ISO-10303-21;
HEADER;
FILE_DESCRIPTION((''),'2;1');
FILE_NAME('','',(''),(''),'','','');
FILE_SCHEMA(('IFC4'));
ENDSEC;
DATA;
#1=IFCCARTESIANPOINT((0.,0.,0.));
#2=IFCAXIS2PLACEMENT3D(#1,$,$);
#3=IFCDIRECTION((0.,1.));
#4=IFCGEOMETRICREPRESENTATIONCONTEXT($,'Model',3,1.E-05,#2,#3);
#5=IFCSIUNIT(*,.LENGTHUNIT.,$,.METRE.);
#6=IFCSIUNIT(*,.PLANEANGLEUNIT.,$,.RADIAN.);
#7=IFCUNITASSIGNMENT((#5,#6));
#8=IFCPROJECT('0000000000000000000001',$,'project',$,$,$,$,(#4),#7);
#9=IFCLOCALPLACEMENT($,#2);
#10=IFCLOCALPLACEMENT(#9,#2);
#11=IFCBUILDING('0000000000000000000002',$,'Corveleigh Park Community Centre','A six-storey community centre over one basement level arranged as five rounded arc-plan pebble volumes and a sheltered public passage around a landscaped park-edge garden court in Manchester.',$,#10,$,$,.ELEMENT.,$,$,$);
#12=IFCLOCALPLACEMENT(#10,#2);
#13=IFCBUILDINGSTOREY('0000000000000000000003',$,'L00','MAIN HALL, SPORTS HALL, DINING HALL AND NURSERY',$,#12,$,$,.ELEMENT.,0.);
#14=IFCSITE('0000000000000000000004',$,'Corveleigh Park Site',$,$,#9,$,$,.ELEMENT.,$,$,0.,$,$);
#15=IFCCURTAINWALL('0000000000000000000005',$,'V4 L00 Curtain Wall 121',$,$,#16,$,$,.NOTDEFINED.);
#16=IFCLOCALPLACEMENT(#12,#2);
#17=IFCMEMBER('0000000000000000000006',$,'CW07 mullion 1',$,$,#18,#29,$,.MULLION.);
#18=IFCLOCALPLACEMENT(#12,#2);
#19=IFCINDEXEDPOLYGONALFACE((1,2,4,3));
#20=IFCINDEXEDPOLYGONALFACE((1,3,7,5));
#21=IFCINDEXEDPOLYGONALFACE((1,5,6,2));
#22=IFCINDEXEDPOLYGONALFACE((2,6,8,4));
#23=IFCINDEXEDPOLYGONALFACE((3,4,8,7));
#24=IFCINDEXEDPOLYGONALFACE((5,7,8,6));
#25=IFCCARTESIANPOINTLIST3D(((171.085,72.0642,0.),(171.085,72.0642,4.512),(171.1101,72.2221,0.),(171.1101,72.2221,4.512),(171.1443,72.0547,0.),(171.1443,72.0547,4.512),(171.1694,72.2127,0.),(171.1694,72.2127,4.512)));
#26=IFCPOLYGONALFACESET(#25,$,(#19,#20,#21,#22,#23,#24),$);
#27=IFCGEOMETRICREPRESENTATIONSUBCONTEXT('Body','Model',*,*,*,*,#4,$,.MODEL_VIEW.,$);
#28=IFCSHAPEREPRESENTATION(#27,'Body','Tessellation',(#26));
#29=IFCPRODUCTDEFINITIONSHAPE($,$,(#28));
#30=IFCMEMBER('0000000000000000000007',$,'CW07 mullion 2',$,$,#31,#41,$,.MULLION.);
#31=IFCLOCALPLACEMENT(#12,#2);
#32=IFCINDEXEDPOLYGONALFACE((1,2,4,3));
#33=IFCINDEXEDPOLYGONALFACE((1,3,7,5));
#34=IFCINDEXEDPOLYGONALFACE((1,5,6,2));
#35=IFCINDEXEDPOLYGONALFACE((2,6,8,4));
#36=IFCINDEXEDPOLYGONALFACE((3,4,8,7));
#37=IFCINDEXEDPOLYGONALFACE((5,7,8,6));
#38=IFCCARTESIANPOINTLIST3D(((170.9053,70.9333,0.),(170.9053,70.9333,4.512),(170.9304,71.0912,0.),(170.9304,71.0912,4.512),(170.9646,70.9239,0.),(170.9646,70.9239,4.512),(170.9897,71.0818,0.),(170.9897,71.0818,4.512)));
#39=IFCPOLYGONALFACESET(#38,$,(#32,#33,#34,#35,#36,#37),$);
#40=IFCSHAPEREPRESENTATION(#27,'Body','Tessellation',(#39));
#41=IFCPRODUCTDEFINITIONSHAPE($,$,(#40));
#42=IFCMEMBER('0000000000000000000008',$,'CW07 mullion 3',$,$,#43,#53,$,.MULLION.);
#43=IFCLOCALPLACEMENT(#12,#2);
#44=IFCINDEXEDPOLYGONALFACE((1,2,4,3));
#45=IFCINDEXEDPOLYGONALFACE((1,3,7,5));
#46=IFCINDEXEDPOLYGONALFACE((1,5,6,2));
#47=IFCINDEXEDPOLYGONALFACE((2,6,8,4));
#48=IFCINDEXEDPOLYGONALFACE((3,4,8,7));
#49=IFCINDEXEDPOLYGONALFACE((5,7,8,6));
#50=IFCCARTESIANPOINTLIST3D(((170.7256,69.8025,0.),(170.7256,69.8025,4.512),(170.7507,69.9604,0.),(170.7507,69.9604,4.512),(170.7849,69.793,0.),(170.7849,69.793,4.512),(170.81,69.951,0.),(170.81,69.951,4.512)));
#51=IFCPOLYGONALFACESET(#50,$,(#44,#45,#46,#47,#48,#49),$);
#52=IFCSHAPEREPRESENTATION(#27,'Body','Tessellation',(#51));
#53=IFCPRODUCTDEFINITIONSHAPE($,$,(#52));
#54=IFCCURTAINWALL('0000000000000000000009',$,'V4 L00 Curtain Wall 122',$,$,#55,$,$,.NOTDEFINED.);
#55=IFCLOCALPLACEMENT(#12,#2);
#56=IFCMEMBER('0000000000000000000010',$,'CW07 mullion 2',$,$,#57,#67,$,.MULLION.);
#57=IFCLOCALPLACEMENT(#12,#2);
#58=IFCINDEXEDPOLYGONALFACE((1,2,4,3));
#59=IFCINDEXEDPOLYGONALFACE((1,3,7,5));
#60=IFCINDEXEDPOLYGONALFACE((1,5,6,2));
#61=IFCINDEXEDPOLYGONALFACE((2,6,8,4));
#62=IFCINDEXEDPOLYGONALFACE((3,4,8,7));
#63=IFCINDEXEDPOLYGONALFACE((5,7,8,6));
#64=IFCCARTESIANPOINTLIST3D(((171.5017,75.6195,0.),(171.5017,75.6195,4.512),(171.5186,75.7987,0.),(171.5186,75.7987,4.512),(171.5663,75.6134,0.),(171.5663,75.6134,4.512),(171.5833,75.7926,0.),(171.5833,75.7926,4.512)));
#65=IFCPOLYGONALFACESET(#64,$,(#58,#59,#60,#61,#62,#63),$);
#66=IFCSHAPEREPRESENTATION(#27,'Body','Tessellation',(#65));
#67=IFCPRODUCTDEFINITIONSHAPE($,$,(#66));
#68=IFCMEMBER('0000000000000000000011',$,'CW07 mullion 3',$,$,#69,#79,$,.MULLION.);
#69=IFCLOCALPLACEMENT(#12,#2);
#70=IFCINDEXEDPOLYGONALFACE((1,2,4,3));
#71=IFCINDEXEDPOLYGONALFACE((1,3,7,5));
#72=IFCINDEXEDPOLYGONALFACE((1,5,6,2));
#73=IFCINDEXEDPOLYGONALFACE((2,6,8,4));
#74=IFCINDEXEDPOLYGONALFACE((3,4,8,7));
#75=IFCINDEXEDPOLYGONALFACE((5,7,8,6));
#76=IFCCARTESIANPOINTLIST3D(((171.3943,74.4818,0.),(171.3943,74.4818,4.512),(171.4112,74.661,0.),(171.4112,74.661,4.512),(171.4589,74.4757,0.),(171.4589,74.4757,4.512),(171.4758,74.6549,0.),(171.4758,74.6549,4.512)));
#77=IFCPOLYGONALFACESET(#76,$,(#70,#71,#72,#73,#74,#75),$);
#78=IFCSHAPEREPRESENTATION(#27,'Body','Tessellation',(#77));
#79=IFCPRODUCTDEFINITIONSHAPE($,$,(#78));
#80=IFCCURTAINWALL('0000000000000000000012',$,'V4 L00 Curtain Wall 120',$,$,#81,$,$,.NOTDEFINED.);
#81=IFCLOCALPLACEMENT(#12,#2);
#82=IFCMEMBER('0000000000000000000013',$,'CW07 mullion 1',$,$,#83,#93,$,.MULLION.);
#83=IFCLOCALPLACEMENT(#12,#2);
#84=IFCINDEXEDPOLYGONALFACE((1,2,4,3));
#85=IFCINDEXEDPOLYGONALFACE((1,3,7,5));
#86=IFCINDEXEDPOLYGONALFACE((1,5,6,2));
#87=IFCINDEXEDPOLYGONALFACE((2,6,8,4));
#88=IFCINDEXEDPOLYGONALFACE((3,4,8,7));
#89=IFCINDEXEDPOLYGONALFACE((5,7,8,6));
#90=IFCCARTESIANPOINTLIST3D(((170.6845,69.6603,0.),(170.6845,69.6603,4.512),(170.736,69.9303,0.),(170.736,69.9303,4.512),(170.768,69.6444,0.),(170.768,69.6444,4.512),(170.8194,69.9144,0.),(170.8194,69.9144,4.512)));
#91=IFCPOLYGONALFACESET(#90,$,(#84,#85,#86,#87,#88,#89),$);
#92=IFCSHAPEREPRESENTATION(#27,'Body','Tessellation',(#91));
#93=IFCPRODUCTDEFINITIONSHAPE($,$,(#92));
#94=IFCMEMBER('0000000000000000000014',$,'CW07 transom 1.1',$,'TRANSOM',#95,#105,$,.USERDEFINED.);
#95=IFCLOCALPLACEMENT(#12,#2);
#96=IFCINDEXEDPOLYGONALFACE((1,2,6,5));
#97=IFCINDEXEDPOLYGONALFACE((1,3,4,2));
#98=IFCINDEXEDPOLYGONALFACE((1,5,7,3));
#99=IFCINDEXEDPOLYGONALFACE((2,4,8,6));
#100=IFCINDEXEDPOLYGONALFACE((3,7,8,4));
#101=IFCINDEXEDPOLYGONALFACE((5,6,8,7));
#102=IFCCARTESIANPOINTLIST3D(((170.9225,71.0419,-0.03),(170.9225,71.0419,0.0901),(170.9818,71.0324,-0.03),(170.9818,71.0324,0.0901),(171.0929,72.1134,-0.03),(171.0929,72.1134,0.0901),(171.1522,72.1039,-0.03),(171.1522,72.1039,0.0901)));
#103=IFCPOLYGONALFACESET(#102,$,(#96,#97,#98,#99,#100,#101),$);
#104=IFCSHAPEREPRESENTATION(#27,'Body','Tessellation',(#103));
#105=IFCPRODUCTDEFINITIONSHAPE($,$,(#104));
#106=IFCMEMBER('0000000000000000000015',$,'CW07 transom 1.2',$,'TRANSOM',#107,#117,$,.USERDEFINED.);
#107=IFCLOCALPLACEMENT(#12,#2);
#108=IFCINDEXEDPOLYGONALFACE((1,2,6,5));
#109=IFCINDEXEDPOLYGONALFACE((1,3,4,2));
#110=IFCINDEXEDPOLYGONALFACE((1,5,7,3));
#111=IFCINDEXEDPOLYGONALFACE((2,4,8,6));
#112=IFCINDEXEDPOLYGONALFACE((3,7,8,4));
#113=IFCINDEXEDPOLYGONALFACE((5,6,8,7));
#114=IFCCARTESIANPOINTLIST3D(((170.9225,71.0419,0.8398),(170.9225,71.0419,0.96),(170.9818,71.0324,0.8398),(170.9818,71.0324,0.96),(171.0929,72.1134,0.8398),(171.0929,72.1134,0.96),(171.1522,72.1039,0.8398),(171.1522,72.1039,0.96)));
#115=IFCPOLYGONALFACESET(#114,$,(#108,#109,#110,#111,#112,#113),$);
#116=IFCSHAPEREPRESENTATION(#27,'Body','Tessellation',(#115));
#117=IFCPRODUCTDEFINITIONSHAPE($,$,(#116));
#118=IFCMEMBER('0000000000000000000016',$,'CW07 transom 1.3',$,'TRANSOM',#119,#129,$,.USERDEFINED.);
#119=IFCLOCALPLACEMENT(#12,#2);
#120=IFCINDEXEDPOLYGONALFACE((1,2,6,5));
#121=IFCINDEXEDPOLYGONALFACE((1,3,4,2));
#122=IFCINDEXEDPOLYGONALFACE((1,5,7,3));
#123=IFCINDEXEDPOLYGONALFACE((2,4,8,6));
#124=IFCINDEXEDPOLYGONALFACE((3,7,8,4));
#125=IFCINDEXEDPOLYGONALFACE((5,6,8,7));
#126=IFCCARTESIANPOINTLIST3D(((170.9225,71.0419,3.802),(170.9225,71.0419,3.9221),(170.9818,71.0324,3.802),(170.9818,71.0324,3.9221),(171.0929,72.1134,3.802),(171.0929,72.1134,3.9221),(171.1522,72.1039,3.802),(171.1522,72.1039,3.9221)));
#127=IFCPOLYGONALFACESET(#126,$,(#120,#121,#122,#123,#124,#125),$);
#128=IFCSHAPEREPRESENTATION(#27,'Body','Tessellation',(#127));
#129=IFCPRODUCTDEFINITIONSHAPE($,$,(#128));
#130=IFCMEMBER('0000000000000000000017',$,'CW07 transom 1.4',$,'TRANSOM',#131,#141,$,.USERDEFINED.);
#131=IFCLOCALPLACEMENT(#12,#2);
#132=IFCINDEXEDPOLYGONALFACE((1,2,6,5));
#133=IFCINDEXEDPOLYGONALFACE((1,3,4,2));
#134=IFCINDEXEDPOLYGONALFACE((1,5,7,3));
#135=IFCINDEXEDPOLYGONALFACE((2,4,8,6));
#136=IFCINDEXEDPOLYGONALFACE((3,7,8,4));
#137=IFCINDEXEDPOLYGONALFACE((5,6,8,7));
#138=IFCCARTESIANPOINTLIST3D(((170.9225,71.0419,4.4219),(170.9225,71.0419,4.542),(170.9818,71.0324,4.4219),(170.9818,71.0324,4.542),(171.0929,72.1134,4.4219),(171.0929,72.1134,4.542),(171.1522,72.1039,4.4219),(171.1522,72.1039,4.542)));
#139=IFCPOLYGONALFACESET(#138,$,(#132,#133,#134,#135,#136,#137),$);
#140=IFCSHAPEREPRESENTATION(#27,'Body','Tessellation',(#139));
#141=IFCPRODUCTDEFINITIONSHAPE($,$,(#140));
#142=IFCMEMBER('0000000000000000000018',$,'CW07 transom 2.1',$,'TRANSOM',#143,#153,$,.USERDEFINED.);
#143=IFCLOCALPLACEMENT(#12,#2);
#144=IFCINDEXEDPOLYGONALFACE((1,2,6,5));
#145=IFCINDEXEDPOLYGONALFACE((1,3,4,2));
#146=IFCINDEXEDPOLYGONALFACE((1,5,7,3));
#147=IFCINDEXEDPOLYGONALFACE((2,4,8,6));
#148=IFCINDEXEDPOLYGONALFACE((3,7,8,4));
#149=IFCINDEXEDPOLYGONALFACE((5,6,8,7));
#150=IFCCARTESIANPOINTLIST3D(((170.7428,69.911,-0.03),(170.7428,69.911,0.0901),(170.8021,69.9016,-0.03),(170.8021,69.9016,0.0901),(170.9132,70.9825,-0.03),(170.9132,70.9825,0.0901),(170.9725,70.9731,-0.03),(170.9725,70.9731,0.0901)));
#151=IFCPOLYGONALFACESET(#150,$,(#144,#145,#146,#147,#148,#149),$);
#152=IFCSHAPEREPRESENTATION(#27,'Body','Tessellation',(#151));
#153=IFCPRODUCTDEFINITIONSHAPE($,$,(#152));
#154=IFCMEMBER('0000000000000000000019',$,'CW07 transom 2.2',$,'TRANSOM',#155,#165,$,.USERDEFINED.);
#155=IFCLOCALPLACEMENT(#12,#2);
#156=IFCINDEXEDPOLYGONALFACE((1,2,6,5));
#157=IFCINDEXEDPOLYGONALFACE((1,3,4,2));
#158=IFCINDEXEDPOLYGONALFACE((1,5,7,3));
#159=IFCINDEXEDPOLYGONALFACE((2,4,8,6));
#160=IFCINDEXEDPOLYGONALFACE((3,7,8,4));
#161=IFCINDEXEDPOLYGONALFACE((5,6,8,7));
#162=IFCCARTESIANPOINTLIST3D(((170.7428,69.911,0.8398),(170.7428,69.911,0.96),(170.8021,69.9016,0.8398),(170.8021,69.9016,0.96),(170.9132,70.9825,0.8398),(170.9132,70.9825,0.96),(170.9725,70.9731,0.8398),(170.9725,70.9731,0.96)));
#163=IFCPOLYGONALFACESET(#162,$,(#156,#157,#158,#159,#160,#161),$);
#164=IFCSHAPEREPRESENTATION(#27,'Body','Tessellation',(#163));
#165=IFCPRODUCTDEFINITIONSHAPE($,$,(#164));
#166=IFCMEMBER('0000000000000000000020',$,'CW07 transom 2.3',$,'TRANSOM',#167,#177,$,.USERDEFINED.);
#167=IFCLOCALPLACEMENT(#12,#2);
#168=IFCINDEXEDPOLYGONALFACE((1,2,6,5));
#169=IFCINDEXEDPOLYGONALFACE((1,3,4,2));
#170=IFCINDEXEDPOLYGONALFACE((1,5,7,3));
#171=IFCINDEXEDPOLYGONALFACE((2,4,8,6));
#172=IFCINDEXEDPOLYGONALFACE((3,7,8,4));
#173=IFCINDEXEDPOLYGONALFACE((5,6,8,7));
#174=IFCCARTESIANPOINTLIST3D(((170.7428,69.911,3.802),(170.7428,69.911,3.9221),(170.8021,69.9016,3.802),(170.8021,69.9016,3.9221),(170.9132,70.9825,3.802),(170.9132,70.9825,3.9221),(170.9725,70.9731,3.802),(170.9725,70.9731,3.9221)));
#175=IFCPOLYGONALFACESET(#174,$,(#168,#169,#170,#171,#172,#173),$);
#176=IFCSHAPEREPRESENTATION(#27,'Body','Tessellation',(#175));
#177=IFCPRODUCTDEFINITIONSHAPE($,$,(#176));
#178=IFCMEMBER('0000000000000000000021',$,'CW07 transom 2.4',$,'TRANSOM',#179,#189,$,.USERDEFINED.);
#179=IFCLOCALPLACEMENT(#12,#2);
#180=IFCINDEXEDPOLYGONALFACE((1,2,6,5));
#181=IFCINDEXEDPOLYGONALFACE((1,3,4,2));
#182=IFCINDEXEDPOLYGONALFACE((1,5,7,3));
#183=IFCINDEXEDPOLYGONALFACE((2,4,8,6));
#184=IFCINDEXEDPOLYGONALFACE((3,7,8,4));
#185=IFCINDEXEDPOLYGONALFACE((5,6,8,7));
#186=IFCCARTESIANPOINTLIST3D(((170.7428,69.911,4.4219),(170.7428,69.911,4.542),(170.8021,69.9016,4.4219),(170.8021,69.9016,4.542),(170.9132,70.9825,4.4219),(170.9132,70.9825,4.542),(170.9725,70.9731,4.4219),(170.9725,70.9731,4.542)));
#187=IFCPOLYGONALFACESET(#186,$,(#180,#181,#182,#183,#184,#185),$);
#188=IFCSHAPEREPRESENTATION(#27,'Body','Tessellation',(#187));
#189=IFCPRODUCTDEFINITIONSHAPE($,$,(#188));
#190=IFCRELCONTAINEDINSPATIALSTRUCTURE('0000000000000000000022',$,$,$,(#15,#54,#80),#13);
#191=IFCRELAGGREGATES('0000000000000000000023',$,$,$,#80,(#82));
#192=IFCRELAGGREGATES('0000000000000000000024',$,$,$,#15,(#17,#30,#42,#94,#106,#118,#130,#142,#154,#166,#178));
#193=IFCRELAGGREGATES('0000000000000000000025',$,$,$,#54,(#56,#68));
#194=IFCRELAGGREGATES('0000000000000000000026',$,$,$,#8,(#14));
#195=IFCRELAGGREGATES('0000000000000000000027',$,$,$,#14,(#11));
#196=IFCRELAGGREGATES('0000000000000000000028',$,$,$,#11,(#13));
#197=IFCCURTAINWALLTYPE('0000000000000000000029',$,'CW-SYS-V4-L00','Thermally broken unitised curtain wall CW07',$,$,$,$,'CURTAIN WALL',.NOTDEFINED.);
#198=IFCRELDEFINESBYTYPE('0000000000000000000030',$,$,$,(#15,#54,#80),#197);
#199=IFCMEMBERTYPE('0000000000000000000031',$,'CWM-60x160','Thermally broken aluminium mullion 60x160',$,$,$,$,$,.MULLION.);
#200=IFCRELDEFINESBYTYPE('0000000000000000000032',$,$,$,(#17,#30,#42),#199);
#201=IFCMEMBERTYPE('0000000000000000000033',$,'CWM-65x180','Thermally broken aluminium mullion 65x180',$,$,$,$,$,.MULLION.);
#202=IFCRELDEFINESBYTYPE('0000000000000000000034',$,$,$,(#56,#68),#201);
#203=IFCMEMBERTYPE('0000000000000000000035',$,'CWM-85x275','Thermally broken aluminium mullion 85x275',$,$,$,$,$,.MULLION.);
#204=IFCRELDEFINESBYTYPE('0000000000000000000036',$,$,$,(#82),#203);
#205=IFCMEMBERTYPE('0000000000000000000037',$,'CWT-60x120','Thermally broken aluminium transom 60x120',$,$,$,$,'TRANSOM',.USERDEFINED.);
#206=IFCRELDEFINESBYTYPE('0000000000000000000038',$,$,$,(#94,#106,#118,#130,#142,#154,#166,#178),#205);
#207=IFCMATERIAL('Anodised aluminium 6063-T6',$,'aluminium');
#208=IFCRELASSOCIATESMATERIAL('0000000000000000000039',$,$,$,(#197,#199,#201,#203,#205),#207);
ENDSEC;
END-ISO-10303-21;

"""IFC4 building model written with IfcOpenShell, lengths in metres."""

from ifc_helpers import new_model, si_unit, direction, frame, origin, origin_2d, place, context, subcontext, project, spatial, rectangle, extrude, material, material_profile, profile_set, type_object, element, aggregate, save


model = new_model("IFC4")

# Units and contexts
model_context = context("Model", 3, precision=1e-05, world=origin(), true_north=direction((0.0, 1.0)))
body_context = subcontext(model_context, "Body", "Model", "MODEL_VIEW")
ifc_project = project(units=[si_unit("LENGTHUNIT", "METRE"), si_unit("PLANEANGLEUNIT", "RADIAN")], contexts=[model_context])

# Site, building, storey
site_placement = place(None, origin())
site = spatial("IfcSite", under=ifc_project, at=site_placement, Name="Corveleigh Park Site", CompositionType="ELEMENT", RefElevation=0.0)
building_placement = place(site_placement, origin())
building = spatial("IfcBuilding", under=site, at=building_placement, Name="Corveleigh Park Community Centre", Description="A six-storey community centre over one basement level arranged as five rounded arc-plan pebble volumes and a sheltered public passage around a landscaped park-edge garden court in Manchester.", CompositionType="ELEMENT")
storey_placement = place(building_placement, origin())
storey = spatial("IfcBuildingStorey", under=building, at=storey_placement, Name="L00", Description="MAIN HALL, SPORTS HALL, DINING HALL AND NURSERY", CompositionType="ELEMENT", Elevation=0.0)

# Curtain walls, members
ifc_material_1 = material(Name="Anodised aluminium 6063-T6", Category="aluminium")
curtain_wall_type = type_object("IfcCurtainWallType", Name="CW-SYS-V4-L00", Description="Thermally broken unitised curtain wall CW07", ElementType="CURTAIN WALL", PredefinedType="NOTDEFINED", material=ifc_material_1)
curtain_wall_1_placement = place(storey_placement, origin())
curtain_wall_1 = element("IfcCurtainWall", 1, at=curtain_wall_1_placement, inside=storey, type_object=curtain_wall_type, Name="V4 L00 Curtain Wall 121", PredefinedType="NOTDEFINED")
ifc_material_profile_1 = material_profile(ifc_material_1, rectangle(XDim=0.0601, YDim=0.1599, at=origin_2d()), Name="ALU-M60x160", Category="aluminium")
ifc_profile_set_1 = profile_set([ifc_material_profile_1], Name="Anodised aluminium 6063-T6")
member_type_1 = type_object("IfcMemberType", Name="CWM-60x160", Description="Thermally broken aluminium mullion 60x160", PredefinedType="MULLION", material=ifc_profile_set_1)
member_1_placement = place(storey_placement, frame((171.1272, 72.1384, 0.0), z_axis=(0.0, 0.0, 1.0), x_axis=(0.987597, -0.157011, 0.0)))
member_1 = element("IfcMember", 2, at=member_1_placement, type_object=member_type_1, Name="CW07 mullion 1", PredefinedType="MULLION", context=body_context, shape_type="SweptSolid", body=[
    extrude(rectangle(XDim=0.0601, YDim=0.1599, at=origin_2d()), origin(), (0.0, 0.0, 1.0), 4.512),
])
member_2_placement = place(storey_placement, frame((170.9475, 71.0076, 0.0), z_axis=(0.0, 0.0, 1.0), x_axis=(0.987597, -0.157011, 0.0)))
member_2 = element("IfcMember", 3, at=member_2_placement, type_object=member_type_1, Name="CW07 mullion 2", PredefinedType="MULLION", context=body_context, shape_type="SweptSolid", body=[
    extrude(rectangle(XDim=0.0601, YDim=0.1599, at=origin_2d()), origin(), (0.0, 0.0, 1.0), 4.512),
])
member_3_placement = place(storey_placement, frame((170.7678, 69.8767, 0.0), z_axis=(0.0, 0.0, 1.0), x_axis=(0.987597, -0.157011, 0.0)))
member_3 = element("IfcMember", 4, at=member_3_placement, type_object=member_type_1, Name="CW07 mullion 3", PredefinedType="MULLION", context=body_context, shape_type="SweptSolid", body=[
    extrude(rectangle(XDim=0.0601, YDim=0.1599, at=origin_2d()), origin(), (0.0, 0.0, 1.0), 4.512),
])
curtain_wall_2_placement = place(storey_placement, origin())
curtain_wall_2 = element("IfcCurtainWall", 5, at=curtain_wall_2_placement, inside=storey, type_object=curtain_wall_type, Name="V4 L00 Curtain Wall 122", PredefinedType="NOTDEFINED")
ifc_material_profile_2 = material_profile(ifc_material_1, rectangle(XDim=0.0649, YDim=0.1799, at=origin_2d()), Name="ALU-M65x180", Category="aluminium")
ifc_profile_set_2 = profile_set([ifc_material_profile_2], Name="Anodised aluminium 6063-T6")
member_type_2 = type_object("IfcMemberType", Name="CWM-65x180", Description="Thermally broken aluminium mullion 65x180", PredefinedType="MULLION", material=ifc_profile_set_2)
member_4_placement = place(storey_placement, frame((171.5425, 75.7061, 0.0), z_axis=(0.0, 0.0, 1.0), x_axis=(0.99557, -0.094026, 0.0)))
member_4 = element("IfcMember", 6, at=member_4_placement, type_object=member_type_2, Name="CW07 mullion 2", PredefinedType="MULLION", context=body_context, shape_type="SweptSolid", body=[
    extrude(rectangle(XDim=0.0649, YDim=0.1799, at=origin_2d()), origin(), (0.0, 0.0, 1.0), 4.512),
])
member_5_placement = place(storey_placement, frame((171.4351, 74.5684, 0.0), z_axis=(0.0, 0.0, 1.0), x_axis=(0.99557, -0.094026, 0.0)))
member_5 = element("IfcMember", 7, at=member_5_placement, type_object=member_type_2, Name="CW07 mullion 3", PredefinedType="MULLION", context=body_context, shape_type="SweptSolid", body=[
    extrude(rectangle(XDim=0.0649, YDim=0.1799, at=origin_2d()), origin(), (0.0, 0.0, 1.0), 4.512),
])

# Curtain wall, member
curtain_wall_3_placement = place(storey_placement, origin())
curtain_wall_3 = element("IfcCurtainWall", 8, at=curtain_wall_3_placement, inside=storey, type_object=curtain_wall_type, Name="V4 L00 Curtain Wall 120", PredefinedType="NOTDEFINED")
ifc_material_profile_3 = material_profile(ifc_material_1, rectangle(XDim=0.085, YDim=0.2749, at=origin_2d()), Name="ALU-M85x275", Category="aluminium")
ifc_profile_set_3 = profile_set([ifc_material_profile_3], Name="Anodised aluminium 6063-T6")
member_type_3 = type_object("IfcMemberType", Name="CWM-85x275", Description="Thermally broken aluminium mullion 85x275", PredefinedType="MULLION", material=ifc_profile_set_3)
member_6_placement = place(storey_placement, frame((170.752, 69.7874, 0.0), z_axis=(0.0, 0.0, 1.0), x_axis=(0.982324, -0.18719, 0.0)))
member_6 = element("IfcMember", 9, at=member_6_placement, type_object=member_type_3, Name="CW07 mullion 1", PredefinedType="MULLION", context=body_context, shape_type="SweptSolid", body=[
    extrude(rectangle(XDim=0.085, YDim=0.2749, at=origin_2d()), origin(), (0.0, 0.0, 1.0), 4.512),
])
aggregate(curtain_wall_3, [member_6])

# Members
ifc_material_profile_4 = material_profile(ifc_material_1, rectangle(XDim=0.0601, YDim=0.1201, at=origin_2d()), Name="ALU-T60x120", Category="aluminium")
ifc_profile_set_4 = profile_set([ifc_material_profile_4], Name="Anodised aluminium 6063-T6")
member_type_4 = type_object("IfcMemberType", Name="CWT-60x120", Description="Thermally broken aluminium transom 60x120", ElementType="TRANSOM", PredefinedType="USERDEFINED", material=ifc_profile_set_4)
member_7_placement = place(storey_placement, frame((171.1226, 72.1086, 0.03), z_axis=(-0.15706, -0.987589, 0.0), x_axis=(0.987589, -0.15706, 0.0)))
member_7 = element("IfcMember", 10, at=member_7_placement, type_object=member_type_4, Name="CW07 transom 1.1", ObjectType="TRANSOM", PredefinedType="USERDEFINED", context=body_context, shape_type="SweptSolid", body=[
    extrude(rectangle(XDim=0.0601, YDim=0.1201, at=origin_2d()), origin(), (0.0, 0.0, 1.0), 1.085),
])
member_8_placement = place(storey_placement, frame((171.1226, 72.1086, 0.8999), z_axis=(-0.15706, -0.987589, 0.0), x_axis=(0.987589, -0.15706, 0.0)))
member_8 = element("IfcMember", 11, at=member_8_placement, type_object=member_type_4, Name="CW07 transom 1.2", ObjectType="TRANSOM", PredefinedType="USERDEFINED", context=body_context, shape_type="SweptSolid", body=[
    extrude(rectangle(XDim=0.0601, YDim=0.1201, at=origin_2d()), origin(), (0.0, 0.0, 1.0), 1.085),
])
member_9_placement = place(storey_placement, frame((171.1226, 72.1086, 3.8621), z_axis=(-0.15706, -0.987589, 0.0), x_axis=(0.987589, -0.15706, 0.0)))
member_9 = element("IfcMember", 12, at=member_9_placement, type_object=member_type_4, Name="CW07 transom 1.3", ObjectType="TRANSOM", PredefinedType="USERDEFINED", context=body_context, shape_type="SweptSolid", body=[
    extrude(rectangle(XDim=0.0601, YDim=0.1201, at=origin_2d()), origin(), (0.0, 0.0, 1.0), 1.085),
])
member_10_placement = place(storey_placement, frame((171.1226, 72.1086, 4.4819), z_axis=(-0.15706, -0.987589, 0.0), x_axis=(0.987589, -0.15706, 0.0)))
member_10 = element("IfcMember", 13, at=member_10_placement, type_object=member_type_4, Name="CW07 transom 1.4", ObjectType="TRANSOM", PredefinedType="USERDEFINED", context=body_context, shape_type="SweptSolid", body=[
    extrude(rectangle(XDim=0.0601, YDim=0.1201, at=origin_2d()), origin(), (0.0, 0.0, 1.0), 1.085),
])
member_11_placement = place(storey_placement, frame((170.9429, 70.9778, 0.03), z_axis=(-0.15706, -0.987589, 0.0), x_axis=(0.987589, -0.15706, 0.0)))
member_11 = element("IfcMember", 14, at=member_11_placement, type_object=member_type_4, Name="CW07 transom 2.1", ObjectType="TRANSOM", PredefinedType="USERDEFINED", context=body_context, shape_type="SweptSolid", body=[
    extrude(rectangle(XDim=0.0601, YDim=0.1201, at=origin_2d()), origin(), (0.0, 0.0, 1.0), 1.085),
])
member_12_placement = place(storey_placement, frame((170.9429, 70.9778, 0.8999), z_axis=(-0.15706, -0.987589, 0.0), x_axis=(0.987589, -0.15706, 0.0)))
member_12 = element("IfcMember", 15, at=member_12_placement, type_object=member_type_4, Name="CW07 transom 2.2", ObjectType="TRANSOM", PredefinedType="USERDEFINED", context=body_context, shape_type="SweptSolid", body=[
    extrude(rectangle(XDim=0.0601, YDim=0.1201, at=origin_2d()), origin(), (0.0, 0.0, 1.0), 1.085),
])
member_13_placement = place(storey_placement, frame((170.9429, 70.9778, 3.8621), z_axis=(-0.15706, -0.987589, 0.0), x_axis=(0.987589, -0.15706, 0.0)))
member_13 = element("IfcMember", 16, at=member_13_placement, type_object=member_type_4, Name="CW07 transom 2.3", ObjectType="TRANSOM", PredefinedType="USERDEFINED", context=body_context, shape_type="SweptSolid", body=[
    extrude(rectangle(XDim=0.0601, YDim=0.1201, at=origin_2d()), origin(), (0.0, 0.0, 1.0), 1.085),
])
member_14_placement = place(storey_placement, frame((170.9429, 70.9778, 4.4819), z_axis=(-0.15706, -0.987589, 0.0), x_axis=(0.987589, -0.15706, 0.0)))
member_14 = element("IfcMember", 17, at=member_14_placement, type_object=member_type_4, Name="CW07 transom 2.4", ObjectType="TRANSOM", PredefinedType="USERDEFINED", context=body_context, shape_type="SweptSolid", body=[
    extrude(rectangle(XDim=0.0601, YDim=0.1201, at=origin_2d()), origin(), (0.0, 0.0, 1.0), 1.085),
])

aggregate(curtain_wall_1, [member_1, member_2, member_3, member_7, member_8, member_9, member_10, member_11, member_12, member_13, member_14])
aggregate(curtain_wall_2, [member_4, member_5])

save(model, "model.ifc")
